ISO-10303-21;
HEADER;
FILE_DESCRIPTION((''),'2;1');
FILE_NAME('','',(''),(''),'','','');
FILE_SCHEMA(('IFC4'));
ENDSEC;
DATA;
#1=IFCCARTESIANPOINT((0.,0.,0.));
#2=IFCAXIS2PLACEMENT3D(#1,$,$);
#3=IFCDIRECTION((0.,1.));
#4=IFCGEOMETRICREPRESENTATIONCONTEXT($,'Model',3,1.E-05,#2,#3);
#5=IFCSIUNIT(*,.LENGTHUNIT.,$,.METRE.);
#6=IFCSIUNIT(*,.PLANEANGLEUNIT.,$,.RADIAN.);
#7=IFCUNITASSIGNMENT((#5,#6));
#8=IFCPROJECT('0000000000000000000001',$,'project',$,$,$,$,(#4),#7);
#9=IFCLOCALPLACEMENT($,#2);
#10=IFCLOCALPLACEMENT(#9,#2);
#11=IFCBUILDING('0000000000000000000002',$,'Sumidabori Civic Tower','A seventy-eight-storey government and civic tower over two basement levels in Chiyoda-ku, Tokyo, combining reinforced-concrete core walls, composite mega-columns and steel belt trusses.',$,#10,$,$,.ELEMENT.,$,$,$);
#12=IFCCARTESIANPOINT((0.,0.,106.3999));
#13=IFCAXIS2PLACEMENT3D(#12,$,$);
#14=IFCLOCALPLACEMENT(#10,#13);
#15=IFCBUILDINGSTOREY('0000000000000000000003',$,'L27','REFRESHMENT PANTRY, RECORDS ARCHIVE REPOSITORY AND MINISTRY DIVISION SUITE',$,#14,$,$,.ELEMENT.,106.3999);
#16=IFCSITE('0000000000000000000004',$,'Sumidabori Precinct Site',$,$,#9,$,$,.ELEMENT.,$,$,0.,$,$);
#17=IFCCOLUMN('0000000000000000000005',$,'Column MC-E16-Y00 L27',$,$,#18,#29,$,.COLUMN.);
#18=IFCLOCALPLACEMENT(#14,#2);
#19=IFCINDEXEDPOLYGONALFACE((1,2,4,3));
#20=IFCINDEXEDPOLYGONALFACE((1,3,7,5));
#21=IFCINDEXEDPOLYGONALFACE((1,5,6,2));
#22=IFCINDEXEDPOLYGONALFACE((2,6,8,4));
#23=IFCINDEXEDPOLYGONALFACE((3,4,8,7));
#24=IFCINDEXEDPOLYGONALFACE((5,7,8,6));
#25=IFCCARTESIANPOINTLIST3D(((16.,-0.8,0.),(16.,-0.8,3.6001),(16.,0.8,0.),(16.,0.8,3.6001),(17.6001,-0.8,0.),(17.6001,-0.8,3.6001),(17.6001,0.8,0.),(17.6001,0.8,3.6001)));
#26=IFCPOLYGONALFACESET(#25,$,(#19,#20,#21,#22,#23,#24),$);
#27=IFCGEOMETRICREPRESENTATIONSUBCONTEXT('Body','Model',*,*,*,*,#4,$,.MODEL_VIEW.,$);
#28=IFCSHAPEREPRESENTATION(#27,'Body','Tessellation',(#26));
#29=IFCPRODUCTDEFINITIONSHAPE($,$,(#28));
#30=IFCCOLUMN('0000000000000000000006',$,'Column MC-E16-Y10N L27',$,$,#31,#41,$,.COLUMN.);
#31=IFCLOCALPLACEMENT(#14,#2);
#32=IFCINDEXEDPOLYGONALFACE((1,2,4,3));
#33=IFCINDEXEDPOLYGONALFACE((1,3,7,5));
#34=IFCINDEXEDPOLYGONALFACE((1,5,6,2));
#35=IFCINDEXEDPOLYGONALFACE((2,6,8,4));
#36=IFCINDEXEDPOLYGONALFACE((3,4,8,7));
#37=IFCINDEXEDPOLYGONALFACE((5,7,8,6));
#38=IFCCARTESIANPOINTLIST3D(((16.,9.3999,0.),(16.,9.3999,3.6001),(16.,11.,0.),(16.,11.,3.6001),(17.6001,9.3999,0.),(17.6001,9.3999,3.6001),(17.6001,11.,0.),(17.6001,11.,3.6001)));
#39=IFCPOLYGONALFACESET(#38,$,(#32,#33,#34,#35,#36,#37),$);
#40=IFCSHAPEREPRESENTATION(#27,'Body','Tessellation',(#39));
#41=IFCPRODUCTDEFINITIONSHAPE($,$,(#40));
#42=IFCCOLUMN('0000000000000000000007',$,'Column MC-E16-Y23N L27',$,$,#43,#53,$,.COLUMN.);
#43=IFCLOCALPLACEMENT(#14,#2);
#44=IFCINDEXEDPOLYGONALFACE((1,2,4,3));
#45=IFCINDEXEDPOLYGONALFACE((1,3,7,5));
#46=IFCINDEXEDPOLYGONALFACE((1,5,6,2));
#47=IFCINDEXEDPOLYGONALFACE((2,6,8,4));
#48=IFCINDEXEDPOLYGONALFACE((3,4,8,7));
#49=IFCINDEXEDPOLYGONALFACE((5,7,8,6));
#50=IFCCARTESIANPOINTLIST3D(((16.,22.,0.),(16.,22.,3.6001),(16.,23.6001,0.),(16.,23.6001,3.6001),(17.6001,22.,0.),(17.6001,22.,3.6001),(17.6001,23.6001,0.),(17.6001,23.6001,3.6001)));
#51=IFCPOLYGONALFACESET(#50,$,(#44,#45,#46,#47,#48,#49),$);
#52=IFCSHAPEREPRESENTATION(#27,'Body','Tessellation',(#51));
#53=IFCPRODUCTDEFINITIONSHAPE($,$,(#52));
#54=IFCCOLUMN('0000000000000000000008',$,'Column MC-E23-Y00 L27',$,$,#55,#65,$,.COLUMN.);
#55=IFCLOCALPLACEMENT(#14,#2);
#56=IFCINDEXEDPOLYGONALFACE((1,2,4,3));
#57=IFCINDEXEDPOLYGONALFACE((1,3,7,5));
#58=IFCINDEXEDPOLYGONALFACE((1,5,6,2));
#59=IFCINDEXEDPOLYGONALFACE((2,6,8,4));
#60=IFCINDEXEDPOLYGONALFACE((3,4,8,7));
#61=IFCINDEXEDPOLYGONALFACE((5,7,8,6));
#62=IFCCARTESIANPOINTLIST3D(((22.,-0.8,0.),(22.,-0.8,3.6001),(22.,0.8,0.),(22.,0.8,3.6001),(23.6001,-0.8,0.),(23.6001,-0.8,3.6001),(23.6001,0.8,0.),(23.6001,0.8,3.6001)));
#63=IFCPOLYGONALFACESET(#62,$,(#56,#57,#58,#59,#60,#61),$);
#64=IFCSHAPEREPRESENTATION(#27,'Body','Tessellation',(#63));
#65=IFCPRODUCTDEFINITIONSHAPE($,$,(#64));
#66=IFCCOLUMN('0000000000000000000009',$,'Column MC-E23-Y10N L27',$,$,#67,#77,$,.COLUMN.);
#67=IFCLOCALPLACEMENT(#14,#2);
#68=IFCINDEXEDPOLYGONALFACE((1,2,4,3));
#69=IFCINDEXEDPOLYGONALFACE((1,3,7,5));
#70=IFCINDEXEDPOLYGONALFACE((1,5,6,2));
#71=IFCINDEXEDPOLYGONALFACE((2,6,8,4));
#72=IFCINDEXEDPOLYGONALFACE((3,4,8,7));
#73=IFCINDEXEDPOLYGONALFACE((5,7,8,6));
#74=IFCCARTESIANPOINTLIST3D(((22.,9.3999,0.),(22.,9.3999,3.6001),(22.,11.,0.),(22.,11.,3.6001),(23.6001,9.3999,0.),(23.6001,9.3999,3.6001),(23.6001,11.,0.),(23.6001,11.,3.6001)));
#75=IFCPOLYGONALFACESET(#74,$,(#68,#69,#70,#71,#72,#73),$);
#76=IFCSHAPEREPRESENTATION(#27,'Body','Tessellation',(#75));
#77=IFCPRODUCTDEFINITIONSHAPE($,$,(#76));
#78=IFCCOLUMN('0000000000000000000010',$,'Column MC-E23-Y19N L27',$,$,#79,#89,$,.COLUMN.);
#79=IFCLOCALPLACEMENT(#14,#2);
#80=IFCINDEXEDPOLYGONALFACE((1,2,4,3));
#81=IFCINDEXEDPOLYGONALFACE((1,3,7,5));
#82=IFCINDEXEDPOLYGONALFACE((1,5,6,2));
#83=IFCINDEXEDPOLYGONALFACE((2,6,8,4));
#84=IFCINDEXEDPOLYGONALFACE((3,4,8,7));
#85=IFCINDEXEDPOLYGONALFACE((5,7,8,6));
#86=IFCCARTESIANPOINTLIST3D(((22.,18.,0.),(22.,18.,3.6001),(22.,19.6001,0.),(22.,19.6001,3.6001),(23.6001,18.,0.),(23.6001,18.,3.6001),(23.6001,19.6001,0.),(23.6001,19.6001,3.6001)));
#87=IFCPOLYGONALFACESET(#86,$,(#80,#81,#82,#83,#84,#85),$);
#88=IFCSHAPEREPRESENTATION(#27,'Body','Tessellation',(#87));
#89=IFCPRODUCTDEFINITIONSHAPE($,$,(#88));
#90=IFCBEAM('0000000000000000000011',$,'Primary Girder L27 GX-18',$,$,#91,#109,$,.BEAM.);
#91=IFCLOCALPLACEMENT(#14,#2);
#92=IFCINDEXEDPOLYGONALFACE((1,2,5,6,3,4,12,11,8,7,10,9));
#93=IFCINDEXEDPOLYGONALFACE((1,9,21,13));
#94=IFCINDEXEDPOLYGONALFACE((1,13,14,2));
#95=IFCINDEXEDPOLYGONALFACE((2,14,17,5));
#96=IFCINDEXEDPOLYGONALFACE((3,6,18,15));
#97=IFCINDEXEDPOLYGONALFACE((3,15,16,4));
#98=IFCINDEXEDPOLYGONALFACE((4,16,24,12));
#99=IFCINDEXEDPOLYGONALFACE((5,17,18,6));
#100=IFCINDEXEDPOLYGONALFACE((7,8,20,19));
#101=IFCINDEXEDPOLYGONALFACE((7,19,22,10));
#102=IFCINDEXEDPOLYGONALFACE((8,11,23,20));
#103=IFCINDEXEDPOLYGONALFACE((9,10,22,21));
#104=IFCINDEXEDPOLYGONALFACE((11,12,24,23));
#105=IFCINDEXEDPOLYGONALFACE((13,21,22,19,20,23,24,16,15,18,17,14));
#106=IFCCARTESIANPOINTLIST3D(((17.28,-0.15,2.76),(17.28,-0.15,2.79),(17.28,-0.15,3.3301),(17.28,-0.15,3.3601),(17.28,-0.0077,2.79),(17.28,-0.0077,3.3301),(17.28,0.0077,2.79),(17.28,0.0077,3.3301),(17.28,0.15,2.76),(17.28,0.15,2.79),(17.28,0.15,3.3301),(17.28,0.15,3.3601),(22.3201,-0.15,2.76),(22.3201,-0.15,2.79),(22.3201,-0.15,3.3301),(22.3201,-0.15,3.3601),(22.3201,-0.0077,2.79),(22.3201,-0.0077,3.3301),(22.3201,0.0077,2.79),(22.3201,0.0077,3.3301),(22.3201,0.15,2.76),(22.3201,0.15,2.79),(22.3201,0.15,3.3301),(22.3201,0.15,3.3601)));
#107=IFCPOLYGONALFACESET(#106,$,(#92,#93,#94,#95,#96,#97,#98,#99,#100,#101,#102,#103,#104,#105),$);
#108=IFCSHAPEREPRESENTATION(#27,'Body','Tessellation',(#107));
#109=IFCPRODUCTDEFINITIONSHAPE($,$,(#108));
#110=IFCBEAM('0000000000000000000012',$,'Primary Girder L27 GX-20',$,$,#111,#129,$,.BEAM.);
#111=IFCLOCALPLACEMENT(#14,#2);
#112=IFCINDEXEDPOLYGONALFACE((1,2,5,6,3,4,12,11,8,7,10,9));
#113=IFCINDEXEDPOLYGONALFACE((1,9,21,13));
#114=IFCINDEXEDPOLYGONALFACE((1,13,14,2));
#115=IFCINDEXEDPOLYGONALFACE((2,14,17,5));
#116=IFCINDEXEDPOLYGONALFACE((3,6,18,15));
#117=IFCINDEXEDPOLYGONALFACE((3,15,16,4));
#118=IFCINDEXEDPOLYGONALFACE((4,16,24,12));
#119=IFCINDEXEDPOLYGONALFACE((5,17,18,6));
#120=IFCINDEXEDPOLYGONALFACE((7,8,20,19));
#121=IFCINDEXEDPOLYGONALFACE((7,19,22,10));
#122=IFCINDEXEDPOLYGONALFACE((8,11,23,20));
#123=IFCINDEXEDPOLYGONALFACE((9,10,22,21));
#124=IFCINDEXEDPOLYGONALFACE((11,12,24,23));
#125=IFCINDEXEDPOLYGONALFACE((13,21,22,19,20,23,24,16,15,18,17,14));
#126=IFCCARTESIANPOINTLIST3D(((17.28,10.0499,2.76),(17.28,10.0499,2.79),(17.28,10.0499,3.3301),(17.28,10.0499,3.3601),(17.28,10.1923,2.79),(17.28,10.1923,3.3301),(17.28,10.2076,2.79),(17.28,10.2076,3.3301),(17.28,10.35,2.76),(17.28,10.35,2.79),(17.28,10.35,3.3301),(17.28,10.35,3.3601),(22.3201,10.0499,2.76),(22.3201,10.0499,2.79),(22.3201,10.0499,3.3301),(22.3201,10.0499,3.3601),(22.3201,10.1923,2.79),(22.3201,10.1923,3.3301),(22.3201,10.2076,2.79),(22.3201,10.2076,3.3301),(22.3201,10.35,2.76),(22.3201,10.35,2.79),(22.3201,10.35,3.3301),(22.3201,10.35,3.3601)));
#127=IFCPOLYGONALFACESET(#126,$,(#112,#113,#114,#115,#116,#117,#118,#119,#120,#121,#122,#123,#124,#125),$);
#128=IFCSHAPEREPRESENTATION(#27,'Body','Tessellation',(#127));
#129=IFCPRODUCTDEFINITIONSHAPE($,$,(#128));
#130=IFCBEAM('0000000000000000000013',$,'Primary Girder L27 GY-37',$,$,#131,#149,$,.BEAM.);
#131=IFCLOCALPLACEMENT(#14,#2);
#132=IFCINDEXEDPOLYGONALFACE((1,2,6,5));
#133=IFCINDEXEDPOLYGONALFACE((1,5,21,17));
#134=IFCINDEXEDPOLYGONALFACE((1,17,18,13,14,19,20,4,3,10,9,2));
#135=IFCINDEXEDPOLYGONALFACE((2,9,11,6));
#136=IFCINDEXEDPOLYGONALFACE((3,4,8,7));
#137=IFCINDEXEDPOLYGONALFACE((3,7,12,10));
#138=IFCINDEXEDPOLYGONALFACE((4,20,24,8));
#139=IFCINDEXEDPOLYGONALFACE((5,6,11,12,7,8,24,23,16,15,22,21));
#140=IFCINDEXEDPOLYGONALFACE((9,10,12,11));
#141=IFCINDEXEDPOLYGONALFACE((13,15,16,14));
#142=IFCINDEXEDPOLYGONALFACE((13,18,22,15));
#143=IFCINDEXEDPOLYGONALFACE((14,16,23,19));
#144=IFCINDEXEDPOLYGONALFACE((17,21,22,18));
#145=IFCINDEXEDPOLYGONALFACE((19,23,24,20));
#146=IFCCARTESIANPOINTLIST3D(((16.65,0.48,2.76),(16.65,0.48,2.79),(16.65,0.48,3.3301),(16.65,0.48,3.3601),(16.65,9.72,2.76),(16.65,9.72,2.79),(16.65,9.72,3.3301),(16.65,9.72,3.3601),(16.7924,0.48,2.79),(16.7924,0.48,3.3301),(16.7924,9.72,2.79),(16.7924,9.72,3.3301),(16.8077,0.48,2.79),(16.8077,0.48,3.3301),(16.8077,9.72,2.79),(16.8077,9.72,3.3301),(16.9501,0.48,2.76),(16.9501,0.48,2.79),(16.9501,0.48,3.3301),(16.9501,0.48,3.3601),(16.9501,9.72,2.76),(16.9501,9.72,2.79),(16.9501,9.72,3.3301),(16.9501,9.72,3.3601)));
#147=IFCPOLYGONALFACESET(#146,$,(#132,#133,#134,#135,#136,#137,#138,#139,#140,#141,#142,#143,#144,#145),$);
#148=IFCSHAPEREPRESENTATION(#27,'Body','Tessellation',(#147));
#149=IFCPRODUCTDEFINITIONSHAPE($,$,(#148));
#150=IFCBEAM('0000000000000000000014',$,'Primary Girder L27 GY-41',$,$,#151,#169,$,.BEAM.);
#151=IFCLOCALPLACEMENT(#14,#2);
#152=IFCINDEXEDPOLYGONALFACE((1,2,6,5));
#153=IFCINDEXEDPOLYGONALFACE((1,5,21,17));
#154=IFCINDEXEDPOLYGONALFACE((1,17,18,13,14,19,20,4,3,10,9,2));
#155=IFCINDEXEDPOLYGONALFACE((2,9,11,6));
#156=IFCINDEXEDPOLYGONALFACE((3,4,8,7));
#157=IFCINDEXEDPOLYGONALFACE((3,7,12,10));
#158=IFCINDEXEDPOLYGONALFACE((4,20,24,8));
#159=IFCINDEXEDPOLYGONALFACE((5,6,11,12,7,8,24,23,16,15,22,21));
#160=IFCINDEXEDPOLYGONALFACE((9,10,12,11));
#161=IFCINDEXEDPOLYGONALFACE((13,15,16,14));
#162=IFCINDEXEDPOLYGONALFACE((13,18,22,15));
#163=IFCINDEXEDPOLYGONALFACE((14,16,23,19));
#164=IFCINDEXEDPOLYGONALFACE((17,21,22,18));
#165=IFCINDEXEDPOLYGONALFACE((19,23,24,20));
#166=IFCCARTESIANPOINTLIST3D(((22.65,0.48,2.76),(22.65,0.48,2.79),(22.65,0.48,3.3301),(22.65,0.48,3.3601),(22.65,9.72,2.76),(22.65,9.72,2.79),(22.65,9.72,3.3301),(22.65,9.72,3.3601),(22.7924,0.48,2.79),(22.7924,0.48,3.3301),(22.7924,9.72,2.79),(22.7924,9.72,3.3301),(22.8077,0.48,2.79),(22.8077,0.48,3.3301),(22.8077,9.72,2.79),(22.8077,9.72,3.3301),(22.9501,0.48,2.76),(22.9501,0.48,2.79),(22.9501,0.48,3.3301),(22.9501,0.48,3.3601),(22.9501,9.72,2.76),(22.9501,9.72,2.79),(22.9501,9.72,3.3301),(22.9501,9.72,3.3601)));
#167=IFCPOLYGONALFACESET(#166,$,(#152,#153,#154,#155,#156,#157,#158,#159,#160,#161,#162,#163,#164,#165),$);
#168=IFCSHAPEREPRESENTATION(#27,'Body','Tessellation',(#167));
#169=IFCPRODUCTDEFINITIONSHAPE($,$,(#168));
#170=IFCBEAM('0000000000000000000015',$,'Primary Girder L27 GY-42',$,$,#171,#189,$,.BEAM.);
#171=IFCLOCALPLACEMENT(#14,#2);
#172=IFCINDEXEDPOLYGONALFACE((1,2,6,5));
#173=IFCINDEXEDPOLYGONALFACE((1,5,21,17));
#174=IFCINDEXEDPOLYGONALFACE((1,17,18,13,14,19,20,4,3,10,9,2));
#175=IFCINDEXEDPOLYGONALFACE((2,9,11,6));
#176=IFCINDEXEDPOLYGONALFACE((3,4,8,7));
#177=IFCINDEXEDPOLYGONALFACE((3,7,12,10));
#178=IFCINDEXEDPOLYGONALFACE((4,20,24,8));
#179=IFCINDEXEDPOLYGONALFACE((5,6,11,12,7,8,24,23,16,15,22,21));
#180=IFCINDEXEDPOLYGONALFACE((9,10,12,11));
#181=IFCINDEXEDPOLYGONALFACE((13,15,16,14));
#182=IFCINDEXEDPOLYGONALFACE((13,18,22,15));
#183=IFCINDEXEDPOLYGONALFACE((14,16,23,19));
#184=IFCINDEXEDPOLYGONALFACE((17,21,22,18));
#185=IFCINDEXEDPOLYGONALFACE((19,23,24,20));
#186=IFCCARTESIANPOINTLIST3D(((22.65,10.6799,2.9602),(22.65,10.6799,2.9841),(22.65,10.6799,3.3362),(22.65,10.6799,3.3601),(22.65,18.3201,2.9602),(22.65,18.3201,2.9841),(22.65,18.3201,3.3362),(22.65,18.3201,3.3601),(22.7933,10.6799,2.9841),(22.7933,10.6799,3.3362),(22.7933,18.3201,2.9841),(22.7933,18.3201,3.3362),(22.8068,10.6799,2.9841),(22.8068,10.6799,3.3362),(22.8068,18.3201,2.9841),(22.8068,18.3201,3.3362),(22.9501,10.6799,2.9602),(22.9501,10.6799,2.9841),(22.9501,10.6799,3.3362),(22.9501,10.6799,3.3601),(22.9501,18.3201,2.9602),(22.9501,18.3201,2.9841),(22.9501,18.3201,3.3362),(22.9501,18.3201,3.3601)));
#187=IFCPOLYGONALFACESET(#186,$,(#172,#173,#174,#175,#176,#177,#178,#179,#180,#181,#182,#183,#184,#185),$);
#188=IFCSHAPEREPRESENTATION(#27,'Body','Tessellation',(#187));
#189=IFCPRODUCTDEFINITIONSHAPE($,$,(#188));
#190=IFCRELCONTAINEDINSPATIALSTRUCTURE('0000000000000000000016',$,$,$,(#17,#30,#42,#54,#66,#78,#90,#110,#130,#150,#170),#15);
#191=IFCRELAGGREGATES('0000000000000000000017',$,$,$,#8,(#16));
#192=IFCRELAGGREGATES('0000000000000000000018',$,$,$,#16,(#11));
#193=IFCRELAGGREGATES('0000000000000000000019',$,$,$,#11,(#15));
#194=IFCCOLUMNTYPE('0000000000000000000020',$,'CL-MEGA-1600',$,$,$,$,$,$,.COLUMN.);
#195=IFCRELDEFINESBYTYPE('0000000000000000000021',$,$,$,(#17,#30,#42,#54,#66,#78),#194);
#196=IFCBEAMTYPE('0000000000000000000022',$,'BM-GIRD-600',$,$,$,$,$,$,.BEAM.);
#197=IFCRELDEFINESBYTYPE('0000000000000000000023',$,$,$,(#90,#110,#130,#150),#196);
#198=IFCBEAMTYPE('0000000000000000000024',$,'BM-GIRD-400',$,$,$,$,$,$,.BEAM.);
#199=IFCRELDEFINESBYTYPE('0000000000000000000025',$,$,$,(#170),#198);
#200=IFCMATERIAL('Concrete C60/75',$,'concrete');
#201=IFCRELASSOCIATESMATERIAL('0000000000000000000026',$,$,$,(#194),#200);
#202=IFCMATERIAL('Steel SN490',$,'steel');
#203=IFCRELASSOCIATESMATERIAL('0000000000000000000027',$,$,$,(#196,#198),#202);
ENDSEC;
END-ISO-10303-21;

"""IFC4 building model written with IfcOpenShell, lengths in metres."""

from ifc_helpers import new_model, si_unit, direction, frame, origin, origin_2d, place, context, subcontext, project, spatial, rectangle, i_section, extrude, source, transform, mapped, material, material_profile, profile_set, type_object, element, save


model = new_model("IFC4")

# Units and contexts
model_context = context("Model", 3, precision=1e-05, world=origin(), true_north=direction((0.0, 1.0)))
body_context = subcontext(model_context, "Body", "Model", "MODEL_VIEW")
ifc_project = project(units=[si_unit("LENGTHUNIT", "METRE"), si_unit("PLANEANGLEUNIT", "RADIAN")], contexts=[model_context])

# Site, building, storey
site_placement = place(None, origin())
site = spatial("IfcSite", under=ifc_project, at=site_placement, Name="Sumidabori Precinct Site", CompositionType="ELEMENT", RefElevation=0.0)
building_placement = place(site_placement, origin())
building = spatial("IfcBuilding", under=site, at=building_placement, Name="Sumidabori Civic Tower", Description="A seventy-eight-storey government and civic tower over two basement levels in Chiyoda-ku, Tokyo, combining reinforced-concrete core walls, composite mega-columns and steel belt trusses.", CompositionType="ELEMENT")
storey_placement = place(building_placement, frame((0.0, 0.0, 106.3999)))
storey = spatial("IfcBuildingStorey", under=building, at=storey_placement, Name="L27", Description="REFRESHMENT PANTRY, RECORDS ARCHIVE REPOSITORY AND MINISTRY DIVISION SUITE", CompositionType="ELEMENT", Elevation=106.3999)

# Columns
ifc_material_1 = material(Name="Concrete C60/75", Category="concrete")
ifc_material_profile_1 = material_profile(ifc_material_1, rectangle(XDim=1.6001, YDim=1.6001, at=origin_2d()), Name="RC 1600x1600")
ifc_profile_set_1 = profile_set([ifc_material_profile_1], Name="Concrete C60/75")
column_type = type_object("IfcColumnType", Name="CL-MEGA-1600", PredefinedType="COLUMN", material=ifc_profile_set_1)
shared_shape_1 = source(origin(), body_context, "Body", "SweptSolid", [
    extrude(rectangle(XDim=1.6001, YDim=1.6001, at=origin_2d()), origin(), (0.0, 0.0, 1.0), 3.6001),
])
for number, where, z_axis, x_axis, name in (
    (1, (16.8, 0.0, 0.0), (0.0, 0.0, 1.0), (1.0, 0.0, 0.0), "Column MC-E16-Y00 L27"),
    (2, (16.8, 10.2, 0.0), (0.0, 0.0, 1.0), (1.0, 0.0, 0.0), "Column MC-E16-Y10N L27"),
    (3, (16.8, 22.8, 0.0), (0.0, 0.0, 1.0), (1.0, 0.0, 0.0), "Column MC-E16-Y23N L27"),
    (4, (22.8, 0.0, 0.0), (0.0, 0.0, 1.0), (1.0, 0.0, 0.0), "Column MC-E23-Y00 L27"),
    (5, (22.8, 10.2, 0.0), (0.0, 0.0, 1.0), (1.0, 0.0, 0.0), "Column MC-E23-Y10N L27"),
    (6, (22.8, 18.8, 0.0), (0.0, 0.0, 1.0), (1.0, 0.0, 0.0), "Column MC-E23-Y19N L27"),
):
    element("IfcColumn", number, at=place(storey_placement, frame(where, z_axis=z_axis, x_axis=x_axis)), inside=storey, type_object=column_type, Name=name, PredefinedType="COLUMN", context=body_context, shape_type="MappedRepresentation", body=[
        mapped(shared_shape_1, transform((0.0, 0.0, 0.0), x_axis=(1.0, 0.0, 0.0), y_axis=(0.0, 1.0, 0.0), z_axis=(0.0, 0.0, 1.0), scale=1.0)),
    ])

# Beams
ifc_material_2 = material(Name="Steel SN490", Category="steel")
ifc_material_profile_2 = material_profile(ifc_material_2, i_section(OverallWidth=0.3, OverallDepth=0.6001, WebThickness=0.0154, FlangeThickness=0.03, at=origin_2d()), Name="HE 600 B")
ifc_profile_set_2 = profile_set([ifc_material_profile_2], Name="Steel SN490")
beam_type_1 = type_object("IfcBeamType", Name="BM-GIRD-600", PredefinedType="BEAM", material=ifc_profile_set_2)
shared_shape_2 = source(origin(), body_context, "Body", "SweptSolid", [
    extrude(i_section(OverallWidth=0.3, OverallDepth=0.6001, WebThickness=0.0154, FlangeThickness=0.03, at=origin_2d()), origin(), (0.0, 0.0, 1.0), 5.04),
])
for number, where, z_axis, x_axis, name in (
    (7, (17.28, 0.0, 3.0601), (1.0, 0.0, 0.0), (0.0, 1.0, 0.0), "Primary Girder L27 GX-18"),
    (8, (17.28, 10.2, 3.0601), (1.0, 0.0, 0.0), (0.0, 1.0, 0.0), "Primary Girder L27 GX-20"),
):
    element("IfcBeam", number, at=place(storey_placement, frame(where, z_axis=z_axis, x_axis=x_axis)), inside=storey, type_object=beam_type_1, Name=name, PredefinedType="BEAM", context=body_context, shape_type="MappedRepresentation", body=[
        mapped(shared_shape_2, transform((0.0, 0.0, 0.0), x_axis=(1.0, 0.0, 0.0), y_axis=(0.0, 1.0, 0.0), z_axis=(0.0, 0.0, 1.0), scale=1.0)),
    ])
shared_shape_3 = source(origin(), body_context, "Body", "SweptSolid", [
    extrude(i_section(OverallWidth=0.3, OverallDepth=0.6001, WebThickness=0.0154, FlangeThickness=0.03, at=origin_2d()), origin(), (0.0, 0.0, 1.0), 9.24),
])
for number, where, z_axis, x_axis, name in (
    (9, (16.8, 0.48, 3.0601), (0.0, 1.0, 0.0), (-1.0, 0.0, 0.0), "Primary Girder L27 GY-37"),
    (10, (22.8, 0.48, 3.0601), (0.0, 1.0, 0.0), (-1.0, 0.0, 0.0), "Primary Girder L27 GY-41"),
):
    element("IfcBeam", number, at=place(storey_placement, frame(where, z_axis=z_axis, x_axis=x_axis)), inside=storey, type_object=beam_type_1, Name=name, PredefinedType="BEAM", context=body_context, shape_type="MappedRepresentation", body=[
        mapped(shared_shape_3, transform((0.0, 0.0, 0.0), x_axis=(1.0, 0.0, 0.0), y_axis=(0.0, 1.0, 0.0), z_axis=(0.0, 0.0, 1.0), scale=1.0)),
    ])
ifc_material_profile_3 = material_profile(ifc_material_2, i_section(OverallWidth=0.3, OverallDepth=0.3999, WebThickness=0.0134, FlangeThickness=0.0239, at=origin_2d()), Name="HE 400 B")
ifc_profile_set_3 = profile_set([ifc_material_profile_3], Name="Steel SN490")
beam_type_2 = type_object("IfcBeamType", Name="BM-GIRD-400", PredefinedType="BEAM", material=ifc_profile_set_3)
shared_shape_4 = source(origin(), body_context, "Body", "SweptSolid", [
    extrude(i_section(OverallWidth=0.3, OverallDepth=0.3999, WebThickness=0.0134, FlangeThickness=0.0239, at=origin_2d()), origin(), (0.0, 0.0, 1.0), 7.6401),
])
beam_1_placement = place(storey_placement, frame((22.8, 10.6799, 3.1602), z_axis=(0.0, 1.0, 0.0), x_axis=(-1.0, 0.0, 0.0)))
element("IfcBeam", 11, at=beam_1_placement, inside=storey, type_object=beam_type_2, Name="Primary Girder L27 GY-42", PredefinedType="BEAM", context=body_context, shape_type="MappedRepresentation", body=[
    mapped(shared_shape_4, transform((0.0, 0.0, 0.0), x_axis=(1.0, 0.0, 0.0), y_axis=(0.0, 1.0, 0.0), z_axis=(0.0, 0.0, 1.0), scale=1.0)),
])

save(model, "model.ifc")
